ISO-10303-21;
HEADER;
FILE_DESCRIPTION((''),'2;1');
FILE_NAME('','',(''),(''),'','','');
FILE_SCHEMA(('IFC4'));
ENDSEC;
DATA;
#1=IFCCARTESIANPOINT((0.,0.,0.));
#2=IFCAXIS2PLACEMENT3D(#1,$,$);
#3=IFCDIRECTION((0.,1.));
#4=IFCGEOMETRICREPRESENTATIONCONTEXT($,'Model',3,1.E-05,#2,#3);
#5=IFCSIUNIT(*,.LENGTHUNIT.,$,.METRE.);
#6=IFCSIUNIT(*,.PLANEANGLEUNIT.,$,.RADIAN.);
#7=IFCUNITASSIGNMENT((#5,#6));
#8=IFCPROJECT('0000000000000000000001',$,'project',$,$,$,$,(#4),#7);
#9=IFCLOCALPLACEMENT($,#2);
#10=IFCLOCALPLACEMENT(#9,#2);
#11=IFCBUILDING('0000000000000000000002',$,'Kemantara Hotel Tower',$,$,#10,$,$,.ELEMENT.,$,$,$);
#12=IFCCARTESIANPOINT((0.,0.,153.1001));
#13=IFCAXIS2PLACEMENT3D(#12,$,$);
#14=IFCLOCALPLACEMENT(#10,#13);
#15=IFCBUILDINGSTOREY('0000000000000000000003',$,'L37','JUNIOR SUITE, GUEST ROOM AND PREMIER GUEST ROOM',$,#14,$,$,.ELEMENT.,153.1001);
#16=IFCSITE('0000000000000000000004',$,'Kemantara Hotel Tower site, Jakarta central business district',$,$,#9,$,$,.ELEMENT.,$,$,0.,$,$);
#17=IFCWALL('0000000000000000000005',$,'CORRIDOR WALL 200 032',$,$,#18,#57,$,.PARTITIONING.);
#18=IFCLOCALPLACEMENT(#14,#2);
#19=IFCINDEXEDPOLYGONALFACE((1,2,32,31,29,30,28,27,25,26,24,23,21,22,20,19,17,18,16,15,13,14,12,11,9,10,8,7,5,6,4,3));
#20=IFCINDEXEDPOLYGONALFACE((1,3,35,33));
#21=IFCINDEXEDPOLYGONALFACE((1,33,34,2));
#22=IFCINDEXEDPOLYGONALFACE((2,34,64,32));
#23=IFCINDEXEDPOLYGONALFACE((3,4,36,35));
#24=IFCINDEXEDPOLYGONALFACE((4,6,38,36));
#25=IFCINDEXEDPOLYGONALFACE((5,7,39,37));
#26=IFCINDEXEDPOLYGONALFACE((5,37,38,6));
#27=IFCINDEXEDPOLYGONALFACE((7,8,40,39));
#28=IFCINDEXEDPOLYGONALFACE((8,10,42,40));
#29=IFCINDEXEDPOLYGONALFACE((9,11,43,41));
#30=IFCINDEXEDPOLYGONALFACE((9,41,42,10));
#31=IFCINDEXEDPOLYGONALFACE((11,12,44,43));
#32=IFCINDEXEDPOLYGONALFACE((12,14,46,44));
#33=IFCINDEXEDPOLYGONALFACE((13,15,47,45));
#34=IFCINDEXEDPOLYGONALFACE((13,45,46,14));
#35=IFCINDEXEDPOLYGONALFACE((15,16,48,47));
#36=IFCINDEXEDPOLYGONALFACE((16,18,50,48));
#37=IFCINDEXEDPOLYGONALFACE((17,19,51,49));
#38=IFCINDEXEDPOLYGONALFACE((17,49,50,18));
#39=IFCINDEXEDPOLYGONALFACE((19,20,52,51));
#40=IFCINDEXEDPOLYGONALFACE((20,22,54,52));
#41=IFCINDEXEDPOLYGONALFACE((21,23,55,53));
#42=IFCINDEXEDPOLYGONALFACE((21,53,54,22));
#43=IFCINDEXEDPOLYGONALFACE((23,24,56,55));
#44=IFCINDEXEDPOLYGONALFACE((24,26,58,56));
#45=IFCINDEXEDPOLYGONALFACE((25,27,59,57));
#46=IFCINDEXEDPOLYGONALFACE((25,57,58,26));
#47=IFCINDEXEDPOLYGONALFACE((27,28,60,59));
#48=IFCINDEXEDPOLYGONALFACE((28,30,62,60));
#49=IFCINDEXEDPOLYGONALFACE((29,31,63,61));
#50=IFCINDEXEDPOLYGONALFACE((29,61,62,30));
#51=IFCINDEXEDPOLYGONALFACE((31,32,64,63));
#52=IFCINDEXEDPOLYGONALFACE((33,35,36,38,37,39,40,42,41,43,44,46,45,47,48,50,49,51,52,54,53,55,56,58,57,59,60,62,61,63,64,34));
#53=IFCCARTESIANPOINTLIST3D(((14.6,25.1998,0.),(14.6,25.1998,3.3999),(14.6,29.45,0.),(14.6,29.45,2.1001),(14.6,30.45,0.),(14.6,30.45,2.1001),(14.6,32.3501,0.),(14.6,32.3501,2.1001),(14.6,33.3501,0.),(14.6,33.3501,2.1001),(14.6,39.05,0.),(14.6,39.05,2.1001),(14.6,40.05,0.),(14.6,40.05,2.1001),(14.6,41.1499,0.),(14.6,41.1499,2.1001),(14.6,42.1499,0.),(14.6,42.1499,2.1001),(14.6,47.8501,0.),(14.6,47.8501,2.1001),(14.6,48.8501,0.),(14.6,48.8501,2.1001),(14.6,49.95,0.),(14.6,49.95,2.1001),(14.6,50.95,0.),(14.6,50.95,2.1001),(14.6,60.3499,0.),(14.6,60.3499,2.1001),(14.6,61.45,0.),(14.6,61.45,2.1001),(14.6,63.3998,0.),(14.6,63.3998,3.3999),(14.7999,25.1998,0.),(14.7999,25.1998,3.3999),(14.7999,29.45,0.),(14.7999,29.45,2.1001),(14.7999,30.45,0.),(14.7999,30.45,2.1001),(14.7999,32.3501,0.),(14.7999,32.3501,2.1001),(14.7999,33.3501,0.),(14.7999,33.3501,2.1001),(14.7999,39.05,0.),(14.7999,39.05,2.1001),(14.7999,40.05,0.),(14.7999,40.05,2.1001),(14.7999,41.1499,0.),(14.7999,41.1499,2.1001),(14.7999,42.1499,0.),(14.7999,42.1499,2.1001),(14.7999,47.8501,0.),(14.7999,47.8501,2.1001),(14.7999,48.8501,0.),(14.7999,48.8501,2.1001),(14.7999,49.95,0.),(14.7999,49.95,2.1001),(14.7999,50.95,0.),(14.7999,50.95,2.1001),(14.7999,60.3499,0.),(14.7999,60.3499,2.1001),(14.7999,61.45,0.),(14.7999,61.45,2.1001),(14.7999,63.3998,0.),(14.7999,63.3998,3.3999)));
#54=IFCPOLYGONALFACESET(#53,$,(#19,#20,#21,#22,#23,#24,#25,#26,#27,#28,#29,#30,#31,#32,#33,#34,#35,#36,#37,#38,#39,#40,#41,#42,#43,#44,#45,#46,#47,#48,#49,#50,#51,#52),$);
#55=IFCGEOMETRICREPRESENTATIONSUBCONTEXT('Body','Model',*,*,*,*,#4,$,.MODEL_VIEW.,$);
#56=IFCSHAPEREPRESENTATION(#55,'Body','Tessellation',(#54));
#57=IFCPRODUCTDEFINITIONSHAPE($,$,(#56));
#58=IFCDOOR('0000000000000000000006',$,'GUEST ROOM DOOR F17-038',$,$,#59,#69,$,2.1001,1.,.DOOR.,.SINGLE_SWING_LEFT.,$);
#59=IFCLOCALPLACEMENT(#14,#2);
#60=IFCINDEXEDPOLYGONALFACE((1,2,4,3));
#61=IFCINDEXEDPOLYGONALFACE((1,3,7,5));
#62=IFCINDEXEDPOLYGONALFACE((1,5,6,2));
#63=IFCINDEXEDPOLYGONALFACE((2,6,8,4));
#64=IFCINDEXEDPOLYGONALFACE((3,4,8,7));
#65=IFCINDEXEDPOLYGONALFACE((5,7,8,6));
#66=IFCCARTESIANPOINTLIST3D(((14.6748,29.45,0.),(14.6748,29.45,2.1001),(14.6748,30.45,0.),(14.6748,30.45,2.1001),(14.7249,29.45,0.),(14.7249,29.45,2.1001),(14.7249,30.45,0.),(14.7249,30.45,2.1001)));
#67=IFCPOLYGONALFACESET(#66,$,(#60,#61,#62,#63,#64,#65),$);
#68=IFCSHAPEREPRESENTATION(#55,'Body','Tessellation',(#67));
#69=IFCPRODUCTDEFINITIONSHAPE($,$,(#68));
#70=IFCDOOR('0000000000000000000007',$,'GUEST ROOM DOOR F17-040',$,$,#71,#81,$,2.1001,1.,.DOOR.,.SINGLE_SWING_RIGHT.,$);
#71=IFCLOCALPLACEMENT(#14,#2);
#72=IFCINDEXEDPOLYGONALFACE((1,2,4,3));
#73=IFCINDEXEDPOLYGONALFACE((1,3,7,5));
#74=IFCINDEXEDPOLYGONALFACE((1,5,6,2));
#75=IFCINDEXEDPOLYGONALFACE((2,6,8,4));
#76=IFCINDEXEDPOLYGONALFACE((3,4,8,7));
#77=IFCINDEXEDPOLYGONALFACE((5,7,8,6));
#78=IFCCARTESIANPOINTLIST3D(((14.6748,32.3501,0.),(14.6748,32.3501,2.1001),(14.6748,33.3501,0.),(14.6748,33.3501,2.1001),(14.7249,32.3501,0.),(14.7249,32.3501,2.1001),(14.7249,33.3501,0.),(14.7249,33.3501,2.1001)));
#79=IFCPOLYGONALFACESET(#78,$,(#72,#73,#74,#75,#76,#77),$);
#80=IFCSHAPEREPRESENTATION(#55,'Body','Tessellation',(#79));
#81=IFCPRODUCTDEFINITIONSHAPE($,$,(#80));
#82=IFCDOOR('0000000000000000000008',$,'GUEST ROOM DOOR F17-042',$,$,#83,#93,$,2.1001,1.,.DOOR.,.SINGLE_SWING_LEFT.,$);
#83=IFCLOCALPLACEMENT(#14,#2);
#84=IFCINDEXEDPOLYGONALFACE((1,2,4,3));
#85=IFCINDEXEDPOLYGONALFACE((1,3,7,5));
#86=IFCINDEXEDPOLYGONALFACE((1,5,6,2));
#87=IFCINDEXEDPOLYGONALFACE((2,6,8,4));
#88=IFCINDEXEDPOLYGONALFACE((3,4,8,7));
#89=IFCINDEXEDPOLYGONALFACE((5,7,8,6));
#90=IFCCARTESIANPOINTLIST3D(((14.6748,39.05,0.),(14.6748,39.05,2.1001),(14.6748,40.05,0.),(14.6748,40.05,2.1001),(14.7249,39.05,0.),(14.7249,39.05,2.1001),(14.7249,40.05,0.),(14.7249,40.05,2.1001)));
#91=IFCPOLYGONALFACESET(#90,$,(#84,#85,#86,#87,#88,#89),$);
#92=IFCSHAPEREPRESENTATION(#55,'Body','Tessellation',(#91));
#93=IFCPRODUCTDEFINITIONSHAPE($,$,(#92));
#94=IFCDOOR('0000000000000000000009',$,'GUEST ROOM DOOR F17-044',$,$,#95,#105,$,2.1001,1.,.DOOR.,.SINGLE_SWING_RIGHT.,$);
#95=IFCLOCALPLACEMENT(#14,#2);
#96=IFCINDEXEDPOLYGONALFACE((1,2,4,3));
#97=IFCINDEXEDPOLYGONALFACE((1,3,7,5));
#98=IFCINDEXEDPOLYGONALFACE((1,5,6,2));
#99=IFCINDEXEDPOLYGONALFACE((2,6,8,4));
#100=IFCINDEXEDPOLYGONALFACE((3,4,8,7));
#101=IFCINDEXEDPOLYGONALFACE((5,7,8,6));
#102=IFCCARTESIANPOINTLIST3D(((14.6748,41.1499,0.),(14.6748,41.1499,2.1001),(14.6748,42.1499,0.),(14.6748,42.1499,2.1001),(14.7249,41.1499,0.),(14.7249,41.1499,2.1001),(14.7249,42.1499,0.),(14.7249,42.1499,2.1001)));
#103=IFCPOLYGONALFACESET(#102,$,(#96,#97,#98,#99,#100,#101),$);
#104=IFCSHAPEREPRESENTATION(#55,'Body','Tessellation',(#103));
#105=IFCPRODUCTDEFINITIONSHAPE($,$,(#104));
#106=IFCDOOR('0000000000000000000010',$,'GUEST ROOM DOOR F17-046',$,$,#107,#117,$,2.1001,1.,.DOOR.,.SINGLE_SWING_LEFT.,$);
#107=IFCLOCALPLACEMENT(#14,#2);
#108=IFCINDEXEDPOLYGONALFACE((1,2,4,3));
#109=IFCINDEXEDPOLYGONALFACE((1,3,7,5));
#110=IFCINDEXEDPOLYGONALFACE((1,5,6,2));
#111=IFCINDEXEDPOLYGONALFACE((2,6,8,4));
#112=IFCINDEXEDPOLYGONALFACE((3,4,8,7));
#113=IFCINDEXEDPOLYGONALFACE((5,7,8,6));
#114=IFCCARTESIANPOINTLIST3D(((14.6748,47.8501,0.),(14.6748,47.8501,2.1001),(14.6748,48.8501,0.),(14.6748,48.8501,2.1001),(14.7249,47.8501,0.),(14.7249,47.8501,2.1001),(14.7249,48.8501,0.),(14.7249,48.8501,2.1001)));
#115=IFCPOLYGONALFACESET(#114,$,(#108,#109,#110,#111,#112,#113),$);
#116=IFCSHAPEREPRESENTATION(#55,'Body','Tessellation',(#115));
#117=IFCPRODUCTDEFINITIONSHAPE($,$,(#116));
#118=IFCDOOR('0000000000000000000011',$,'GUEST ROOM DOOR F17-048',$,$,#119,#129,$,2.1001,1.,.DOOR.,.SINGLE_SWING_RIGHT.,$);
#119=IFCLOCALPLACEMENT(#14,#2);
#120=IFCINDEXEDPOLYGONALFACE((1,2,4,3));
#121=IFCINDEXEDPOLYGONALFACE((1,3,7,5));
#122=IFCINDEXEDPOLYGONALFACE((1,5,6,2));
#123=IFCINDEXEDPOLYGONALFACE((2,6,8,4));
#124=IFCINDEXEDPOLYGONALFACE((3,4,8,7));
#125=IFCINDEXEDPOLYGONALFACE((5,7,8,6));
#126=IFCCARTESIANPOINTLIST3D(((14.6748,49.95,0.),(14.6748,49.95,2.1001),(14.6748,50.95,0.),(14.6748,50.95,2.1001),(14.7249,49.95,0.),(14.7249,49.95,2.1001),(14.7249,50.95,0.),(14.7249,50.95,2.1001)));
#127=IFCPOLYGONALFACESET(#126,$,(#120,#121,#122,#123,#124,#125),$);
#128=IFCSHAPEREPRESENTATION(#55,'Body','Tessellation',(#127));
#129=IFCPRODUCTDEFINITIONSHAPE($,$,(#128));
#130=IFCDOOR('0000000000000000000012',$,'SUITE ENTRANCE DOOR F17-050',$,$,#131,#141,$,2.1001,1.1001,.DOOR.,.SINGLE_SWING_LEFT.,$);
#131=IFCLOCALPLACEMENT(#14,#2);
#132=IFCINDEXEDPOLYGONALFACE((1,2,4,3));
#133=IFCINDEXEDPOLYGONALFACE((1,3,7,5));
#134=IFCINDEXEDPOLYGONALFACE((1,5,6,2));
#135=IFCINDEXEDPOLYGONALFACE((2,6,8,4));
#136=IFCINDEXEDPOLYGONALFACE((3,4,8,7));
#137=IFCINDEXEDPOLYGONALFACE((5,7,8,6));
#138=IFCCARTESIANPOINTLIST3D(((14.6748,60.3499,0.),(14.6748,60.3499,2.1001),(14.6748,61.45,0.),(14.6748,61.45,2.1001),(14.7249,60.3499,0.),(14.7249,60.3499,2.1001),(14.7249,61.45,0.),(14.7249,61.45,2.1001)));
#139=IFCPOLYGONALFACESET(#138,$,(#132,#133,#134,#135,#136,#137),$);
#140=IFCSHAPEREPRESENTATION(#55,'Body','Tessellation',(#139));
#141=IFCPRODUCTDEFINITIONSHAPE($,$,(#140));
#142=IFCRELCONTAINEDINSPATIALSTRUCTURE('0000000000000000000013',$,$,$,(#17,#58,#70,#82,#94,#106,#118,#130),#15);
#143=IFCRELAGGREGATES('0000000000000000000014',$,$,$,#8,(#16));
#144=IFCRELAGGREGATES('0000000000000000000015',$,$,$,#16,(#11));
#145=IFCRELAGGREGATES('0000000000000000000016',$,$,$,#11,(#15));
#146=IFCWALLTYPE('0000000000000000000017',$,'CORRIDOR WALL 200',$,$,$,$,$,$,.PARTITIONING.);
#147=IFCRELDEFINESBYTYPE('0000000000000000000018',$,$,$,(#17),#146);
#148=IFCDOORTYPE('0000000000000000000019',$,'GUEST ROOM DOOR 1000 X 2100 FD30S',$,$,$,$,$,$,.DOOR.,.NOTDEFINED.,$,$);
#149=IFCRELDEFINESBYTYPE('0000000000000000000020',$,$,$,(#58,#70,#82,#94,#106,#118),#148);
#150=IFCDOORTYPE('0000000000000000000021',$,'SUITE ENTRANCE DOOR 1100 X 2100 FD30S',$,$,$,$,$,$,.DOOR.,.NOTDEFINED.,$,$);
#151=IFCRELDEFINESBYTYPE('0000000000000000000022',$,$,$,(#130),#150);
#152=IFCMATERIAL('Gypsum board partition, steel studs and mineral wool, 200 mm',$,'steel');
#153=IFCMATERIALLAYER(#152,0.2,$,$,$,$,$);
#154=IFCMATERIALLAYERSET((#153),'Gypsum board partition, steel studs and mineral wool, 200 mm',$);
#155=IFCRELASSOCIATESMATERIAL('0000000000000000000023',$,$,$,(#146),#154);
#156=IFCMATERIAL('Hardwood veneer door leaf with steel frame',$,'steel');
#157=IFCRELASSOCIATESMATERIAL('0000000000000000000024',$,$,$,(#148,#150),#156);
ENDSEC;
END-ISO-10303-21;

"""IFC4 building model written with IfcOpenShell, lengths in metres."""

from ifc_helpers import new_model, si_unit, direction, frame, frame_2d, origin, place, context, subcontext, project, spatial, rectangle, extrude, material, layer, layer_set, type_object, element, fill, save


model = new_model("IFC4")

# Units and contexts
model_context = context("Model", 3, precision=1e-05, world=origin(), true_north=direction((0.0, 1.0)))
body_context = subcontext(model_context, "Body", "Model", "MODEL_VIEW")
ifc_project = project(units=[si_unit("LENGTHUNIT", "METRE"), si_unit("PLANEANGLEUNIT", "RADIAN")], contexts=[model_context])

# Site, building, storey
site_placement = place(None, origin())
site = spatial("IfcSite", under=ifc_project, at=site_placement, Name="Kemantara Hotel Tower site, Jakarta central business district", CompositionType="ELEMENT", RefElevation=0.0)
building_placement = place(site_placement, origin())
building = spatial("IfcBuilding", under=site, at=building_placement, Name="Kemantara Hotel Tower", CompositionType="ELEMENT")
storey_placement = place(building_placement, frame((0.0, 0.0, 153.1001)))
storey = spatial("IfcBuildingStorey", under=building, at=storey_placement, Name="L37", Description="JUNIOR SUITE, GUEST ROOM AND PREMIER GUEST ROOM", CompositionType="ELEMENT", Elevation=153.1001)

# Wall, openings, doors
ifc_material_1 = material(Name="Gypsum board partition, steel studs and mineral wool, 200 mm", Category="steel")
ifc_layer_1 = layer(ifc_material_1, 0.2)
ifc_layer_set_1 = layer_set([ifc_layer_1], Name="Gypsum board partition, steel studs and mineral wool, 200 mm")
wall_type_1 = type_object("IfcWallType", Name="CORRIDOR WALL 200", PredefinedType="PARTITIONING", material=ifc_layer_set_1)
wall_1_placement = place(storey_placement, frame((14.7, 63.3999, 0.0), z_axis=(0.0, 0.0, 1.0), x_axis=(0.0, -1.0, 0.0)))
wall_1 = element("IfcWall", 1, at=wall_1_placement, inside=storey, type_object=wall_type_1, Name="CORRIDOR WALL 200 032", PredefinedType="PARTITIONING", context=body_context, shape_type="SweptSolid", body=[
    extrude(rectangle(XDim=38.2, YDim=0.2, at=frame_2d((19.1001, 0.0))), origin(), (0.0, 0.0, 1.0), 3.3999),
])
opening_1_placement = place(wall_1_placement, frame((32.95, 0.0, 0.0)))
opening_1 = element("IfcOpeningElement", 2, at=opening_1_placement, cuts=wall_1, PredefinedType="OPENING", context=body_context, shape_type="SweptSolid", body=[
    extrude(rectangle(XDim=1.0, YDim=2.1001, at=frame_2d((0.5, 1.05))), frame((0.0, 0.1099, 0.0), z_axis=(0.0, -1.0, 0.0), x_axis=(1.0, 0.0, 0.0)), (0.0, 0.0, 1.0), 0.22),
])
opening_2_placement = place(wall_1_placement, frame((30.0498, 0.0, 0.0)))
opening_2 = element("IfcOpeningElement", 3, at=opening_2_placement, cuts=wall_1, PredefinedType="OPENING", context=body_context, shape_type="SweptSolid", body=[
    extrude(rectangle(XDim=1.0, YDim=2.1001, at=frame_2d((0.5, 1.05))), frame((0.0, 0.1099, 0.0), z_axis=(0.0, -1.0, 0.0), x_axis=(1.0, 0.0, 0.0)), (0.0, 0.0, 1.0), 0.22),
])
opening_3_placement = place(wall_1_placement, frame((23.3499, 0.0, 0.0)))
opening_3 = element("IfcOpeningElement", 4, at=opening_3_placement, cuts=wall_1, PredefinedType="OPENING", context=body_context, shape_type="SweptSolid", body=[
    extrude(rectangle(XDim=1.0, YDim=2.1001, at=frame_2d((0.5, 1.05))), frame((0.0, 0.1099, 0.0), z_axis=(0.0, -1.0, 0.0), x_axis=(1.0, 0.0, 0.0)), (0.0, 0.0, 1.0), 0.22),
])
opening_4_placement = place(wall_1_placement, frame((21.25, 0.0, 0.0)))
opening_4 = element("IfcOpeningElement", 5, at=opening_4_placement, cuts=wall_1, PredefinedType="OPENING", context=body_context, shape_type="SweptSolid", body=[
    extrude(rectangle(XDim=1.0, YDim=2.1001, at=frame_2d((0.5, 1.05))), frame((0.0, 0.1099, 0.0), z_axis=(0.0, -1.0, 0.0), x_axis=(1.0, 0.0, 0.0)), (0.0, 0.0, 1.0), 0.22),
])
opening_5_placement = place(wall_1_placement, frame((14.5498, 0.0, 0.0)))
opening_5 = element("IfcOpeningElement", 6, at=opening_5_placement, cuts=wall_1, PredefinedType="OPENING", context=body_context, shape_type="SweptSolid", body=[
    extrude(rectangle(XDim=1.0, YDim=2.1001, at=frame_2d((0.5, 1.05))), frame((0.0, 0.1099, 0.0), z_axis=(0.0, -1.0, 0.0), x_axis=(1.0, 0.0, 0.0)), (0.0, 0.0, 1.0), 0.22),
])
opening_6_placement = place(wall_1_placement, frame((12.45, 0.0, 0.0)))
opening_6 = element("IfcOpeningElement", 7, at=opening_6_placement, cuts=wall_1, PredefinedType="OPENING", context=body_context, shape_type="SweptSolid", body=[
    extrude(rectangle(XDim=1.0, YDim=2.1001, at=frame_2d((0.5, 1.05))), frame((0.0, 0.1099, 0.0), z_axis=(0.0, -1.0, 0.0), x_axis=(1.0, 0.0, 0.0)), (0.0, 0.0, 1.0), 0.22),
])
opening_7_placement = place(wall_1_placement, frame((1.95, 0.0, 0.0)))
opening_7 = element("IfcOpeningElement", 8, at=opening_7_placement, cuts=wall_1, PredefinedType="OPENING", context=body_context, shape_type="SweptSolid", body=[
    extrude(rectangle(XDim=1.1001, YDim=2.1001, at=frame_2d((0.55, 1.05))), frame((0.0, 0.1099, 0.0), z_axis=(0.0, -1.0, 0.0), x_axis=(1.0, 0.0, 0.0)), (0.0, 0.0, 1.0), 0.22),
])
ifc_material_2 = material(Name="Hardwood veneer door leaf with steel frame", Category="steel")
door_type_1 = type_object("IfcDoorType", Name="GUEST ROOM DOOR 1000 X 2100 FD30S", OperationType="NOTDEFINED", PredefinedType="DOOR", material=ifc_material_2)
door_1_placement = place(opening_1_placement, origin())
door_1 = element("IfcDoor", 9, at=door_1_placement, inside=storey, type_object=door_type_1, Name="GUEST ROOM DOOR F17-038", OperationType="SINGLE_SWING_LEFT", OverallHeight=2.1001, OverallWidth=1.0, PredefinedType="DOOR", context=body_context, shape_type="SweptSolid", body=[
    extrude(rectangle(XDim=1.0, YDim=2.1001, at=frame_2d((0.5, 1.05))), frame((0.0, 0.0249, 0.0), z_axis=(0.0, -1.0, 0.0), x_axis=(1.0, 0.0, 0.0)), (0.0, 0.0, 1.0), 0.05),
])
fill(opening_1, door_1)
door_2_placement = place(opening_2_placement, origin())
door_2 = element("IfcDoor", 10, at=door_2_placement, inside=storey, type_object=door_type_1, Name="GUEST ROOM DOOR F17-040", OperationType="SINGLE_SWING_RIGHT", OverallHeight=2.1001, OverallWidth=1.0, PredefinedType="DOOR", context=body_context, shape_type="SweptSolid", body=[
    extrude(rectangle(XDim=1.0, YDim=2.1001, at=frame_2d((0.5, 1.05))), frame((0.0, 0.0249, 0.0), z_axis=(0.0, -1.0, 0.0), x_axis=(1.0, 0.0, 0.0)), (0.0, 0.0, 1.0), 0.05),
])
fill(opening_2, door_2)
door_3_placement = place(opening_3_placement, origin())
door_3 = element("IfcDoor", 11, at=door_3_placement, inside=storey, type_object=door_type_1, Name="GUEST ROOM DOOR F17-042", OperationType="SINGLE_SWING_LEFT", OverallHeight=2.1001, OverallWidth=1.0, PredefinedType="DOOR", context=body_context, shape_type="SweptSolid", body=[
    extrude(rectangle(XDim=1.0, YDim=2.1001, at=frame_2d((0.5, 1.05))), frame((0.0, 0.0249, 0.0), z_axis=(0.0, -1.0, 0.0), x_axis=(1.0, 0.0, 0.0)), (0.0, 0.0, 1.0), 0.05),
])
fill(opening_3, door_3)
door_4_placement = place(opening_4_placement, origin())
door_4 = element("IfcDoor", 12, at=door_4_placement, inside=storey, type_object=door_type_1, Name="GUEST ROOM DOOR F17-044", OperationType="SINGLE_SWING_RIGHT", OverallHeight=2.1001, OverallWidth=1.0, PredefinedType="DOOR", context=body_context, shape_type="SweptSolid", body=[
    extrude(rectangle(XDim=1.0, YDim=2.1001, at=frame_2d((0.5, 1.05))), frame((0.0, 0.0249, 0.0), z_axis=(0.0, -1.0, 0.0), x_axis=(1.0, 0.0, 0.0)), (0.0, 0.0, 1.0), 0.05),
])
fill(opening_4, door_4)
door_5_placement = place(opening_5_placement, origin())
door_5 = element("IfcDoor", 13, at=door_5_placement, inside=storey, type_object=door_type_1, Name="GUEST ROOM DOOR F17-046", OperationType="SINGLE_SWING_LEFT", OverallHeight=2.1001, OverallWidth=1.0, PredefinedType="DOOR", context=body_context, shape_type="SweptSolid", body=[
    extrude(rectangle(XDim=1.0, YDim=2.1001, at=frame_2d((0.5, 1.05))), frame((0.0, 0.0249, 0.0), z_axis=(0.0, -1.0, 0.0), x_axis=(1.0, 0.0, 0.0)), (0.0, 0.0, 1.0), 0.05),
])
fill(opening_5, door_5)
door_6_placement = place(opening_6_placement, origin())
door_6 = element("IfcDoor", 14, at=door_6_placement, inside=storey, type_object=door_type_1, Name="GUEST ROOM DOOR F17-048", OperationType="SINGLE_SWING_RIGHT", OverallHeight=2.1001, OverallWidth=1.0, PredefinedType="DOOR", context=body_context, shape_type="SweptSolid", body=[
    extrude(rectangle(XDim=1.0, YDim=2.1001, at=frame_2d((0.5, 1.05))), frame((0.0, 0.0249, 0.0), z_axis=(0.0, -1.0, 0.0), x_axis=(1.0, 0.0, 0.0)), (0.0, 0.0, 1.0), 0.05),
])
fill(opening_6, door_6)
door_type_2 = type_object("IfcDoorType", Name="SUITE ENTRANCE DOOR 1100 X 2100 FD30S", OperationType="NOTDEFINED", PredefinedType="DOOR", material=ifc_material_2)
door_7_placement = place(opening_7_placement, origin())
door_7 = element("IfcDoor", 15, at=door_7_placement, inside=storey, type_object=door_type_2, Name="SUITE ENTRANCE DOOR F17-050", OperationType="SINGLE_SWING_LEFT", OverallHeight=2.1001, OverallWidth=1.1001, PredefinedType="DOOR", context=body_context, shape_type="SweptSolid", body=[
    extrude(rectangle(XDim=1.1001, YDim=2.1001, at=frame_2d((0.55, 1.05))), frame((0.0, 0.0249, 0.0), z_axis=(0.0, -1.0, 0.0), x_axis=(1.0, 0.0, 0.0)), (0.0, 0.0, 1.0), 0.05),
])
fill(opening_7, door_7)

save(model, "model.ifc")
